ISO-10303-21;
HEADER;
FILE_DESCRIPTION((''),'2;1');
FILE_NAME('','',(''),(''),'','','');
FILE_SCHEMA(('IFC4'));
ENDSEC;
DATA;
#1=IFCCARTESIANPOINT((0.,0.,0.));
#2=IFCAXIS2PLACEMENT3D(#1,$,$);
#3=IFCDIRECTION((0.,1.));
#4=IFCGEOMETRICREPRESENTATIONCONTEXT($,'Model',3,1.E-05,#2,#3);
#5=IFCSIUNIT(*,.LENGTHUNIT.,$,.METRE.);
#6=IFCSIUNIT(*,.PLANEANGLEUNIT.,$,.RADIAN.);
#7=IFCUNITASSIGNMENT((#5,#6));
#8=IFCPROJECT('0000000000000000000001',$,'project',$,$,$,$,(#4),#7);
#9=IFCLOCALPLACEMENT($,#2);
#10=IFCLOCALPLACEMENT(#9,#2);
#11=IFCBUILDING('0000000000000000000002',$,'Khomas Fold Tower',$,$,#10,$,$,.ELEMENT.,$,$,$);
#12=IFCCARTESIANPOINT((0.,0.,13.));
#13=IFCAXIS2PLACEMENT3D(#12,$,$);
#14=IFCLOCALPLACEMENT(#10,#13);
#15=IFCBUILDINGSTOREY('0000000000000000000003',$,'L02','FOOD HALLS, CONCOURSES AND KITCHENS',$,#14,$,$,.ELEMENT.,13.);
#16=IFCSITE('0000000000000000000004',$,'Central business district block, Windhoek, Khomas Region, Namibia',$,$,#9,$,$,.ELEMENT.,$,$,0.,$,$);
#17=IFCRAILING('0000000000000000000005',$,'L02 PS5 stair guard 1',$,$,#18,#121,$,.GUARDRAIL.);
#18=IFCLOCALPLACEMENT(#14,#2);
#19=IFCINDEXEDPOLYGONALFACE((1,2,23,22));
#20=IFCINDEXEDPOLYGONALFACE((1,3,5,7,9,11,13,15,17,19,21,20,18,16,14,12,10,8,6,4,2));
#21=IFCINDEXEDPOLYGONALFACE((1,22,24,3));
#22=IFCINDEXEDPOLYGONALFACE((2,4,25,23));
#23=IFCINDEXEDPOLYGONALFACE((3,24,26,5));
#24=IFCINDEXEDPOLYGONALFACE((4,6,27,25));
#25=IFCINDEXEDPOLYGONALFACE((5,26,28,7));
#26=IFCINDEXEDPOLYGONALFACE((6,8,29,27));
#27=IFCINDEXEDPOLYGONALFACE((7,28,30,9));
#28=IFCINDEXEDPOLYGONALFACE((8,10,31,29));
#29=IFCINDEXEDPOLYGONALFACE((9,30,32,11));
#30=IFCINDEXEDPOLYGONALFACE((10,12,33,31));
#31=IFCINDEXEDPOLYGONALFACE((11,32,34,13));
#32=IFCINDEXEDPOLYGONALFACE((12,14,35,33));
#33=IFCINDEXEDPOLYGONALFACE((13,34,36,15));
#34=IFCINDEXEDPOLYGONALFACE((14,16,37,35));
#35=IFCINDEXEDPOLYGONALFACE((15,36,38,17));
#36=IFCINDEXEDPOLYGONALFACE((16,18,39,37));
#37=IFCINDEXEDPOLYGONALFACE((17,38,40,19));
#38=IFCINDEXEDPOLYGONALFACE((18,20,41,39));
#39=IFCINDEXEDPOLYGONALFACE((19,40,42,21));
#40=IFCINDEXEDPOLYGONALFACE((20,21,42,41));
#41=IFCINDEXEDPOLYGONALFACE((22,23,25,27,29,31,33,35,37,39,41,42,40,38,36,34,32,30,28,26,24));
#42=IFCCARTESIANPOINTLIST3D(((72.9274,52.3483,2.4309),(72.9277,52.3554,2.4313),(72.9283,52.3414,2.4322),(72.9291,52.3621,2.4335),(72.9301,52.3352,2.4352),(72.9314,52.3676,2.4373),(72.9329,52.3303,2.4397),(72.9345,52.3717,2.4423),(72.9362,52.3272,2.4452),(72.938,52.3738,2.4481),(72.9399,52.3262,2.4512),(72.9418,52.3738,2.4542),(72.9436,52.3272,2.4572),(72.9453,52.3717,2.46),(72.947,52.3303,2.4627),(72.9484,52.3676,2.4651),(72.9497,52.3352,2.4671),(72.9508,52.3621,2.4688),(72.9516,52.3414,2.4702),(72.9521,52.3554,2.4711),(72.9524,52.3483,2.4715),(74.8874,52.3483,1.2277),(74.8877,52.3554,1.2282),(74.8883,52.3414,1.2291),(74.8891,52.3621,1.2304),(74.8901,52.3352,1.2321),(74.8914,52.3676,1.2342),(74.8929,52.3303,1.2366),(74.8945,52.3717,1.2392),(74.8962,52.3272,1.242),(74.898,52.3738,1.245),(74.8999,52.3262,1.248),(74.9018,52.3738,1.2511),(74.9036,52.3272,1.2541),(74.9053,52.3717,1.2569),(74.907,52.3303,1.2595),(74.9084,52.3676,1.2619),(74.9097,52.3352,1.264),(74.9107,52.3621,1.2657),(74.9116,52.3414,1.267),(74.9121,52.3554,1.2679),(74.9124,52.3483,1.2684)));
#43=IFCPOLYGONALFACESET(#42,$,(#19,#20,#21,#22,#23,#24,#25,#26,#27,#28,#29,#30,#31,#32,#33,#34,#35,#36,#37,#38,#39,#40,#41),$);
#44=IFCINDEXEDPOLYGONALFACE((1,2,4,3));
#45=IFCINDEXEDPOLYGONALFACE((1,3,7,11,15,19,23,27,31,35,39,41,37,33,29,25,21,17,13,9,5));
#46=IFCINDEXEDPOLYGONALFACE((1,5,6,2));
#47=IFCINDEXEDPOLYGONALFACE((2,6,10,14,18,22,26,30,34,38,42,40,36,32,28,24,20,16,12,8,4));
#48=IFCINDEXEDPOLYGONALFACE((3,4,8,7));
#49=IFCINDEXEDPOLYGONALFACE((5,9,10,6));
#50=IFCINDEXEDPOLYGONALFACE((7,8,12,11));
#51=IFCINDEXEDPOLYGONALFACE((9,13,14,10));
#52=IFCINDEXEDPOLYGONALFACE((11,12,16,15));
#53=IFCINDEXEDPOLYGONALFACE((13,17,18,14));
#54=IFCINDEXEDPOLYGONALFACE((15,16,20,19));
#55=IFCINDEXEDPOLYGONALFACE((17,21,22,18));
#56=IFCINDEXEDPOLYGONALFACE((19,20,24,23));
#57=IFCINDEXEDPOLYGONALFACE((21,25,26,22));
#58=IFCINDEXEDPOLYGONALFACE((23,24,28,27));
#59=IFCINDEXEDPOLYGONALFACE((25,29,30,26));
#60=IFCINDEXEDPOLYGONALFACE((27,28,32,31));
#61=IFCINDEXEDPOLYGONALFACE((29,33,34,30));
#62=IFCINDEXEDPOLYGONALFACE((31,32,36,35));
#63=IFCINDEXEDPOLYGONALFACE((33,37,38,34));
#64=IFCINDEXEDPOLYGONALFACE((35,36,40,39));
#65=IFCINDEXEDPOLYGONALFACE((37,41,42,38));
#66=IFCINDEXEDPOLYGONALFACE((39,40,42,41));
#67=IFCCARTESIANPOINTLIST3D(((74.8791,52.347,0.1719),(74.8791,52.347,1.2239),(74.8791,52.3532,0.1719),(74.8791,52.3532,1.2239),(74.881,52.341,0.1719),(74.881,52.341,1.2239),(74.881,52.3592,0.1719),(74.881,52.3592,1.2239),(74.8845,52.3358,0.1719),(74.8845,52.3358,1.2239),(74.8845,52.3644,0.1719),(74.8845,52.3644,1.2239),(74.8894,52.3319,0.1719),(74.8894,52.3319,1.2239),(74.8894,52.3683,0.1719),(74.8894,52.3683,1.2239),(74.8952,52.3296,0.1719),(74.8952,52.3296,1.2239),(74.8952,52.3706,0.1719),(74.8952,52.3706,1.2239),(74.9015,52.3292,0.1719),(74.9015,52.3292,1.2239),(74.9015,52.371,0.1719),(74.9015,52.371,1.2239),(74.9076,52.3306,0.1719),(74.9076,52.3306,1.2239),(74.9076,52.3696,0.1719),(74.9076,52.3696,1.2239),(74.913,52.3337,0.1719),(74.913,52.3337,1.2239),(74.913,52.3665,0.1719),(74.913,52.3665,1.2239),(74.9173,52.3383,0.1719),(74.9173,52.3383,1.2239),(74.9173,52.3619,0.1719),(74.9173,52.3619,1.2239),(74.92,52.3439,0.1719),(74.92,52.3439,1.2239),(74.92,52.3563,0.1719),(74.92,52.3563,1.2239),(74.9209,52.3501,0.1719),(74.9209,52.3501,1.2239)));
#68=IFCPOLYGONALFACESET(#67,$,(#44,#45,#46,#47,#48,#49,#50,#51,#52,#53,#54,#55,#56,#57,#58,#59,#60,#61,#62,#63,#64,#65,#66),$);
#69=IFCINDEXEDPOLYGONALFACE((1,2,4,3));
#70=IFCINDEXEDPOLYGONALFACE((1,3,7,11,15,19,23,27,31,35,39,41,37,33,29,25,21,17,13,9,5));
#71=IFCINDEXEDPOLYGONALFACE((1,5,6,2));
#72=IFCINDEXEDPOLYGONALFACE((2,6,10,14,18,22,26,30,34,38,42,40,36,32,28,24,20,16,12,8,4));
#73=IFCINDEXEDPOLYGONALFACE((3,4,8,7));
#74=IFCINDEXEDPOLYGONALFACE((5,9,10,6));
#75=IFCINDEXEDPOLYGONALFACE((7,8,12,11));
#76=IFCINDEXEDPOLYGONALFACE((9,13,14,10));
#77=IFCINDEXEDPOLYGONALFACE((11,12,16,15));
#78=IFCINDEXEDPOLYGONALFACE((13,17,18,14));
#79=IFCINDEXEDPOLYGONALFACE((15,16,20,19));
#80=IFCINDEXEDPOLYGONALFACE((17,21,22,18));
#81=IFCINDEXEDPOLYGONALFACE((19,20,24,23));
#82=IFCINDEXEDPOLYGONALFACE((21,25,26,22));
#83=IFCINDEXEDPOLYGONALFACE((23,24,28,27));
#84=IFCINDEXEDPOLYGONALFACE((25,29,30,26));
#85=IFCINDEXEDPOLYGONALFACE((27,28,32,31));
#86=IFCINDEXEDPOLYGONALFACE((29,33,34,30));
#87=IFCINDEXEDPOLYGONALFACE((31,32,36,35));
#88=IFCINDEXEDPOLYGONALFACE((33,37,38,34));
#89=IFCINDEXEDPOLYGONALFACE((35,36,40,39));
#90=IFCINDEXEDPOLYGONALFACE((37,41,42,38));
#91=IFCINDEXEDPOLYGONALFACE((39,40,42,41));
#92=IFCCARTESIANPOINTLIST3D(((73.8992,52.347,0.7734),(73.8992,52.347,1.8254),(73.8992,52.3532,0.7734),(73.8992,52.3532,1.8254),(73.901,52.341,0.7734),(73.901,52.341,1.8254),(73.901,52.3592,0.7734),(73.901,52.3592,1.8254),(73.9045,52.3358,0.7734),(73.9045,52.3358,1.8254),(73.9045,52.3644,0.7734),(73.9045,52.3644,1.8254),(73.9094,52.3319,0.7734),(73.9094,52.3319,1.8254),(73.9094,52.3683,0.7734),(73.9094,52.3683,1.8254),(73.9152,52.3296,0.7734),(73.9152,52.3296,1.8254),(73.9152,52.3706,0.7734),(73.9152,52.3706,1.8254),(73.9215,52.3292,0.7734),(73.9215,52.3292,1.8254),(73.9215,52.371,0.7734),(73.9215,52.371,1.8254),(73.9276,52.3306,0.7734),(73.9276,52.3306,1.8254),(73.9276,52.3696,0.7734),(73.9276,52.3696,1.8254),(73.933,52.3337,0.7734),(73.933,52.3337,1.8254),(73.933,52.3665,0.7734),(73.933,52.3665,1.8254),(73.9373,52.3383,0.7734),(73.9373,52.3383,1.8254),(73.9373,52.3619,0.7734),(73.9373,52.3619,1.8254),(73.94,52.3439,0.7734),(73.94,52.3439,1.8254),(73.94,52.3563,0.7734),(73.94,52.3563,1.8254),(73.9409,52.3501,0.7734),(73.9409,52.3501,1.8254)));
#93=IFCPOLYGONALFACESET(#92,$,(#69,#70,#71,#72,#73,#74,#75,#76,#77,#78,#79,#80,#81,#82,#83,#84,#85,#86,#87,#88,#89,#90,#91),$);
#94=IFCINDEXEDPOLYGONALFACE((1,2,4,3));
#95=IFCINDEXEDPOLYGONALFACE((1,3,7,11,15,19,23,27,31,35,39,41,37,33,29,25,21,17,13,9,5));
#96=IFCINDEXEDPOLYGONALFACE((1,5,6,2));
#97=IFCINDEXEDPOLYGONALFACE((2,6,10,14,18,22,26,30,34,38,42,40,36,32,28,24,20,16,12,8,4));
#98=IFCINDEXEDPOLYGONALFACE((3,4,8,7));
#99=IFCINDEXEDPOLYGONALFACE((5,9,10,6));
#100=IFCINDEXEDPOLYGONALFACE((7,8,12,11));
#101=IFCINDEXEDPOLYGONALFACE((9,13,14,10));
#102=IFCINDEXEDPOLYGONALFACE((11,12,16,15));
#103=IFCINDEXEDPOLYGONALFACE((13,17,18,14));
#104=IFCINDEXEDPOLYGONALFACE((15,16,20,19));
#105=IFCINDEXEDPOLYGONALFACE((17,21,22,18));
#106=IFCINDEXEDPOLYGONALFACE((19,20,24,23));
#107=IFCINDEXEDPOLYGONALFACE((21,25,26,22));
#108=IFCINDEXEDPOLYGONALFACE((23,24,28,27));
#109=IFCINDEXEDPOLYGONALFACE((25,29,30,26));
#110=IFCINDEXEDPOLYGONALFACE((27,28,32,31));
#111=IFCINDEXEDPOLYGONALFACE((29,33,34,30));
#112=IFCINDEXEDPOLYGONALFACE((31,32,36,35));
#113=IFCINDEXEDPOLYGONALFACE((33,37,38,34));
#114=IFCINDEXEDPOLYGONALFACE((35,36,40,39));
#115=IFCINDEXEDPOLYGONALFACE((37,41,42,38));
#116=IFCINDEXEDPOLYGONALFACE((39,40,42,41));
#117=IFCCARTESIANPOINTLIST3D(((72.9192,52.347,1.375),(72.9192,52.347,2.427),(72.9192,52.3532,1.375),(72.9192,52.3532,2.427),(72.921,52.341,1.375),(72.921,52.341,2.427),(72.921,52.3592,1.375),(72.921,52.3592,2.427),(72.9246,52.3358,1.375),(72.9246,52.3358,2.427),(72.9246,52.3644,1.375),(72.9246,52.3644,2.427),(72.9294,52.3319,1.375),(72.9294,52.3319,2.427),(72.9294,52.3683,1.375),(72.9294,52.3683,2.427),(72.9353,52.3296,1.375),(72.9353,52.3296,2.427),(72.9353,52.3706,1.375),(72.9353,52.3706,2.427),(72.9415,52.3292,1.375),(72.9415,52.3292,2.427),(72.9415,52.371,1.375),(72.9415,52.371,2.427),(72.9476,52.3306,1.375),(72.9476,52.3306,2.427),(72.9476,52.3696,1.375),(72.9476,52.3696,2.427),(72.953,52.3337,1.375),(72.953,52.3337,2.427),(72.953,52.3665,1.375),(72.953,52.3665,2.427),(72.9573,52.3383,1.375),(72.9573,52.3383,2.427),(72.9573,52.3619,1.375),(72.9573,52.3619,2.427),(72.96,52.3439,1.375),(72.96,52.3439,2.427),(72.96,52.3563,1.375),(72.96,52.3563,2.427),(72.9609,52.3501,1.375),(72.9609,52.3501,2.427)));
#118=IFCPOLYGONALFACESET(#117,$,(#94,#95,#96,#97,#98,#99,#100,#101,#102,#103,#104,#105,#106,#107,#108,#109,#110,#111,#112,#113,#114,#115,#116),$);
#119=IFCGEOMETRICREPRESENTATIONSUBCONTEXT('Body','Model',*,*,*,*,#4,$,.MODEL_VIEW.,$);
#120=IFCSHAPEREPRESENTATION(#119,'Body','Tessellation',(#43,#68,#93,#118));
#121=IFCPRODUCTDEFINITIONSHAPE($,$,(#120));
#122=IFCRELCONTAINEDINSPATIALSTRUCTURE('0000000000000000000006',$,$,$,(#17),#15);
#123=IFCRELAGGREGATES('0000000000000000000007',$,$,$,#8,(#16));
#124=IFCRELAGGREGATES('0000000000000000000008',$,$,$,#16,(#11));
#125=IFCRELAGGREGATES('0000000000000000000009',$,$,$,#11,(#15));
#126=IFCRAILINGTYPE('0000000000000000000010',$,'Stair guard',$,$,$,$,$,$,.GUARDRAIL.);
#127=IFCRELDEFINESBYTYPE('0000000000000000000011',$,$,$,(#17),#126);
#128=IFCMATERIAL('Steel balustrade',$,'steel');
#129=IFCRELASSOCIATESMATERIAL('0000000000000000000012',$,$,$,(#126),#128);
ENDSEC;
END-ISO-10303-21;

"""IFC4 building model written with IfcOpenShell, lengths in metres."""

from ifc_helpers import new_model, si_unit, direction, frame, origin, origin_2d, place, context, subcontext, project, spatial, circle, extrude, source, transform, mapped, material, type_object, element, save


model = new_model("IFC4")

# Units and contexts
model_context = context("Model", 3, precision=1e-05, world=origin(), true_north=direction((0.0, 1.0)))
body_context = subcontext(model_context, "Body", "Model", "MODEL_VIEW")
ifc_project = project(units=[si_unit("LENGTHUNIT", "METRE"), si_unit("PLANEANGLEUNIT", "RADIAN")], contexts=[model_context])

# Site, building, storey
site_placement = place(None, origin())
site = spatial("IfcSite", under=ifc_project, at=site_placement, Name="Central business district block, Windhoek, Khomas Region, Namibia", CompositionType="ELEMENT", RefElevation=0.0)
building_placement = place(site_placement, origin())
building = spatial("IfcBuilding", under=site, at=building_placement, Name="Khomas Fold Tower", CompositionType="ELEMENT")
storey_placement = place(building_placement, frame((0.0, 0.0, 13.0)))
storey = spatial("IfcBuildingStorey", under=building, at=storey_placement, Name="L02", Description="FOOD HALLS, CONCOURSES AND KITCHENS", CompositionType="ELEMENT", Elevation=13.0)

# Railing
ifc_material_1 = material(Name="Steel balustrade", Category="steel")
railing_type_1 = type_object("IfcRailingType", Name="Stair guard", PredefinedType="GUARDRAIL", material=ifc_material_1)
shared_shape_1 = source(origin(), body_context, "Body", "SweptSolid", [
    extrude(circle(Radius=0.0239, at=origin_2d()), frame((0.0, 0.0, 1.0762), z_axis=(-0.852241, 0.0, 0.523149), x_axis=(0.0, -1.0, 0.0)), (0.0, 0.0, 1.0), 2.2998),
    extrude(circle(Radius=0.021, at=origin_2d()), origin(), (0.0, 0.0, 1.0), 1.052),
    extrude(circle(Radius=0.021, at=origin_2d()), frame((-0.98, 0.0, 0.6016)), (0.0, 0.0, 1.0), 1.052),
    extrude(circle(Radius=0.021, at=origin_2d()), frame((-1.96, 0.0, 1.2031)), (0.0, 0.0, 1.0), 1.052),
])
for number, where, name in (
    (1, (74.8999, 52.3501, 0.1719), "L02 PS5 stair guard 1"),
):
    element("IfcRailing", number, at=place(storey_placement, frame(where)), inside=storey, type_object=railing_type_1, Name=name, PredefinedType="GUARDRAIL", context=body_context, shape_type="MappedRepresentation", body=[
        mapped(shared_shape_1, transform((0.0, 0.0, 0.0))),
    ])

save(model, "model.ifc")
